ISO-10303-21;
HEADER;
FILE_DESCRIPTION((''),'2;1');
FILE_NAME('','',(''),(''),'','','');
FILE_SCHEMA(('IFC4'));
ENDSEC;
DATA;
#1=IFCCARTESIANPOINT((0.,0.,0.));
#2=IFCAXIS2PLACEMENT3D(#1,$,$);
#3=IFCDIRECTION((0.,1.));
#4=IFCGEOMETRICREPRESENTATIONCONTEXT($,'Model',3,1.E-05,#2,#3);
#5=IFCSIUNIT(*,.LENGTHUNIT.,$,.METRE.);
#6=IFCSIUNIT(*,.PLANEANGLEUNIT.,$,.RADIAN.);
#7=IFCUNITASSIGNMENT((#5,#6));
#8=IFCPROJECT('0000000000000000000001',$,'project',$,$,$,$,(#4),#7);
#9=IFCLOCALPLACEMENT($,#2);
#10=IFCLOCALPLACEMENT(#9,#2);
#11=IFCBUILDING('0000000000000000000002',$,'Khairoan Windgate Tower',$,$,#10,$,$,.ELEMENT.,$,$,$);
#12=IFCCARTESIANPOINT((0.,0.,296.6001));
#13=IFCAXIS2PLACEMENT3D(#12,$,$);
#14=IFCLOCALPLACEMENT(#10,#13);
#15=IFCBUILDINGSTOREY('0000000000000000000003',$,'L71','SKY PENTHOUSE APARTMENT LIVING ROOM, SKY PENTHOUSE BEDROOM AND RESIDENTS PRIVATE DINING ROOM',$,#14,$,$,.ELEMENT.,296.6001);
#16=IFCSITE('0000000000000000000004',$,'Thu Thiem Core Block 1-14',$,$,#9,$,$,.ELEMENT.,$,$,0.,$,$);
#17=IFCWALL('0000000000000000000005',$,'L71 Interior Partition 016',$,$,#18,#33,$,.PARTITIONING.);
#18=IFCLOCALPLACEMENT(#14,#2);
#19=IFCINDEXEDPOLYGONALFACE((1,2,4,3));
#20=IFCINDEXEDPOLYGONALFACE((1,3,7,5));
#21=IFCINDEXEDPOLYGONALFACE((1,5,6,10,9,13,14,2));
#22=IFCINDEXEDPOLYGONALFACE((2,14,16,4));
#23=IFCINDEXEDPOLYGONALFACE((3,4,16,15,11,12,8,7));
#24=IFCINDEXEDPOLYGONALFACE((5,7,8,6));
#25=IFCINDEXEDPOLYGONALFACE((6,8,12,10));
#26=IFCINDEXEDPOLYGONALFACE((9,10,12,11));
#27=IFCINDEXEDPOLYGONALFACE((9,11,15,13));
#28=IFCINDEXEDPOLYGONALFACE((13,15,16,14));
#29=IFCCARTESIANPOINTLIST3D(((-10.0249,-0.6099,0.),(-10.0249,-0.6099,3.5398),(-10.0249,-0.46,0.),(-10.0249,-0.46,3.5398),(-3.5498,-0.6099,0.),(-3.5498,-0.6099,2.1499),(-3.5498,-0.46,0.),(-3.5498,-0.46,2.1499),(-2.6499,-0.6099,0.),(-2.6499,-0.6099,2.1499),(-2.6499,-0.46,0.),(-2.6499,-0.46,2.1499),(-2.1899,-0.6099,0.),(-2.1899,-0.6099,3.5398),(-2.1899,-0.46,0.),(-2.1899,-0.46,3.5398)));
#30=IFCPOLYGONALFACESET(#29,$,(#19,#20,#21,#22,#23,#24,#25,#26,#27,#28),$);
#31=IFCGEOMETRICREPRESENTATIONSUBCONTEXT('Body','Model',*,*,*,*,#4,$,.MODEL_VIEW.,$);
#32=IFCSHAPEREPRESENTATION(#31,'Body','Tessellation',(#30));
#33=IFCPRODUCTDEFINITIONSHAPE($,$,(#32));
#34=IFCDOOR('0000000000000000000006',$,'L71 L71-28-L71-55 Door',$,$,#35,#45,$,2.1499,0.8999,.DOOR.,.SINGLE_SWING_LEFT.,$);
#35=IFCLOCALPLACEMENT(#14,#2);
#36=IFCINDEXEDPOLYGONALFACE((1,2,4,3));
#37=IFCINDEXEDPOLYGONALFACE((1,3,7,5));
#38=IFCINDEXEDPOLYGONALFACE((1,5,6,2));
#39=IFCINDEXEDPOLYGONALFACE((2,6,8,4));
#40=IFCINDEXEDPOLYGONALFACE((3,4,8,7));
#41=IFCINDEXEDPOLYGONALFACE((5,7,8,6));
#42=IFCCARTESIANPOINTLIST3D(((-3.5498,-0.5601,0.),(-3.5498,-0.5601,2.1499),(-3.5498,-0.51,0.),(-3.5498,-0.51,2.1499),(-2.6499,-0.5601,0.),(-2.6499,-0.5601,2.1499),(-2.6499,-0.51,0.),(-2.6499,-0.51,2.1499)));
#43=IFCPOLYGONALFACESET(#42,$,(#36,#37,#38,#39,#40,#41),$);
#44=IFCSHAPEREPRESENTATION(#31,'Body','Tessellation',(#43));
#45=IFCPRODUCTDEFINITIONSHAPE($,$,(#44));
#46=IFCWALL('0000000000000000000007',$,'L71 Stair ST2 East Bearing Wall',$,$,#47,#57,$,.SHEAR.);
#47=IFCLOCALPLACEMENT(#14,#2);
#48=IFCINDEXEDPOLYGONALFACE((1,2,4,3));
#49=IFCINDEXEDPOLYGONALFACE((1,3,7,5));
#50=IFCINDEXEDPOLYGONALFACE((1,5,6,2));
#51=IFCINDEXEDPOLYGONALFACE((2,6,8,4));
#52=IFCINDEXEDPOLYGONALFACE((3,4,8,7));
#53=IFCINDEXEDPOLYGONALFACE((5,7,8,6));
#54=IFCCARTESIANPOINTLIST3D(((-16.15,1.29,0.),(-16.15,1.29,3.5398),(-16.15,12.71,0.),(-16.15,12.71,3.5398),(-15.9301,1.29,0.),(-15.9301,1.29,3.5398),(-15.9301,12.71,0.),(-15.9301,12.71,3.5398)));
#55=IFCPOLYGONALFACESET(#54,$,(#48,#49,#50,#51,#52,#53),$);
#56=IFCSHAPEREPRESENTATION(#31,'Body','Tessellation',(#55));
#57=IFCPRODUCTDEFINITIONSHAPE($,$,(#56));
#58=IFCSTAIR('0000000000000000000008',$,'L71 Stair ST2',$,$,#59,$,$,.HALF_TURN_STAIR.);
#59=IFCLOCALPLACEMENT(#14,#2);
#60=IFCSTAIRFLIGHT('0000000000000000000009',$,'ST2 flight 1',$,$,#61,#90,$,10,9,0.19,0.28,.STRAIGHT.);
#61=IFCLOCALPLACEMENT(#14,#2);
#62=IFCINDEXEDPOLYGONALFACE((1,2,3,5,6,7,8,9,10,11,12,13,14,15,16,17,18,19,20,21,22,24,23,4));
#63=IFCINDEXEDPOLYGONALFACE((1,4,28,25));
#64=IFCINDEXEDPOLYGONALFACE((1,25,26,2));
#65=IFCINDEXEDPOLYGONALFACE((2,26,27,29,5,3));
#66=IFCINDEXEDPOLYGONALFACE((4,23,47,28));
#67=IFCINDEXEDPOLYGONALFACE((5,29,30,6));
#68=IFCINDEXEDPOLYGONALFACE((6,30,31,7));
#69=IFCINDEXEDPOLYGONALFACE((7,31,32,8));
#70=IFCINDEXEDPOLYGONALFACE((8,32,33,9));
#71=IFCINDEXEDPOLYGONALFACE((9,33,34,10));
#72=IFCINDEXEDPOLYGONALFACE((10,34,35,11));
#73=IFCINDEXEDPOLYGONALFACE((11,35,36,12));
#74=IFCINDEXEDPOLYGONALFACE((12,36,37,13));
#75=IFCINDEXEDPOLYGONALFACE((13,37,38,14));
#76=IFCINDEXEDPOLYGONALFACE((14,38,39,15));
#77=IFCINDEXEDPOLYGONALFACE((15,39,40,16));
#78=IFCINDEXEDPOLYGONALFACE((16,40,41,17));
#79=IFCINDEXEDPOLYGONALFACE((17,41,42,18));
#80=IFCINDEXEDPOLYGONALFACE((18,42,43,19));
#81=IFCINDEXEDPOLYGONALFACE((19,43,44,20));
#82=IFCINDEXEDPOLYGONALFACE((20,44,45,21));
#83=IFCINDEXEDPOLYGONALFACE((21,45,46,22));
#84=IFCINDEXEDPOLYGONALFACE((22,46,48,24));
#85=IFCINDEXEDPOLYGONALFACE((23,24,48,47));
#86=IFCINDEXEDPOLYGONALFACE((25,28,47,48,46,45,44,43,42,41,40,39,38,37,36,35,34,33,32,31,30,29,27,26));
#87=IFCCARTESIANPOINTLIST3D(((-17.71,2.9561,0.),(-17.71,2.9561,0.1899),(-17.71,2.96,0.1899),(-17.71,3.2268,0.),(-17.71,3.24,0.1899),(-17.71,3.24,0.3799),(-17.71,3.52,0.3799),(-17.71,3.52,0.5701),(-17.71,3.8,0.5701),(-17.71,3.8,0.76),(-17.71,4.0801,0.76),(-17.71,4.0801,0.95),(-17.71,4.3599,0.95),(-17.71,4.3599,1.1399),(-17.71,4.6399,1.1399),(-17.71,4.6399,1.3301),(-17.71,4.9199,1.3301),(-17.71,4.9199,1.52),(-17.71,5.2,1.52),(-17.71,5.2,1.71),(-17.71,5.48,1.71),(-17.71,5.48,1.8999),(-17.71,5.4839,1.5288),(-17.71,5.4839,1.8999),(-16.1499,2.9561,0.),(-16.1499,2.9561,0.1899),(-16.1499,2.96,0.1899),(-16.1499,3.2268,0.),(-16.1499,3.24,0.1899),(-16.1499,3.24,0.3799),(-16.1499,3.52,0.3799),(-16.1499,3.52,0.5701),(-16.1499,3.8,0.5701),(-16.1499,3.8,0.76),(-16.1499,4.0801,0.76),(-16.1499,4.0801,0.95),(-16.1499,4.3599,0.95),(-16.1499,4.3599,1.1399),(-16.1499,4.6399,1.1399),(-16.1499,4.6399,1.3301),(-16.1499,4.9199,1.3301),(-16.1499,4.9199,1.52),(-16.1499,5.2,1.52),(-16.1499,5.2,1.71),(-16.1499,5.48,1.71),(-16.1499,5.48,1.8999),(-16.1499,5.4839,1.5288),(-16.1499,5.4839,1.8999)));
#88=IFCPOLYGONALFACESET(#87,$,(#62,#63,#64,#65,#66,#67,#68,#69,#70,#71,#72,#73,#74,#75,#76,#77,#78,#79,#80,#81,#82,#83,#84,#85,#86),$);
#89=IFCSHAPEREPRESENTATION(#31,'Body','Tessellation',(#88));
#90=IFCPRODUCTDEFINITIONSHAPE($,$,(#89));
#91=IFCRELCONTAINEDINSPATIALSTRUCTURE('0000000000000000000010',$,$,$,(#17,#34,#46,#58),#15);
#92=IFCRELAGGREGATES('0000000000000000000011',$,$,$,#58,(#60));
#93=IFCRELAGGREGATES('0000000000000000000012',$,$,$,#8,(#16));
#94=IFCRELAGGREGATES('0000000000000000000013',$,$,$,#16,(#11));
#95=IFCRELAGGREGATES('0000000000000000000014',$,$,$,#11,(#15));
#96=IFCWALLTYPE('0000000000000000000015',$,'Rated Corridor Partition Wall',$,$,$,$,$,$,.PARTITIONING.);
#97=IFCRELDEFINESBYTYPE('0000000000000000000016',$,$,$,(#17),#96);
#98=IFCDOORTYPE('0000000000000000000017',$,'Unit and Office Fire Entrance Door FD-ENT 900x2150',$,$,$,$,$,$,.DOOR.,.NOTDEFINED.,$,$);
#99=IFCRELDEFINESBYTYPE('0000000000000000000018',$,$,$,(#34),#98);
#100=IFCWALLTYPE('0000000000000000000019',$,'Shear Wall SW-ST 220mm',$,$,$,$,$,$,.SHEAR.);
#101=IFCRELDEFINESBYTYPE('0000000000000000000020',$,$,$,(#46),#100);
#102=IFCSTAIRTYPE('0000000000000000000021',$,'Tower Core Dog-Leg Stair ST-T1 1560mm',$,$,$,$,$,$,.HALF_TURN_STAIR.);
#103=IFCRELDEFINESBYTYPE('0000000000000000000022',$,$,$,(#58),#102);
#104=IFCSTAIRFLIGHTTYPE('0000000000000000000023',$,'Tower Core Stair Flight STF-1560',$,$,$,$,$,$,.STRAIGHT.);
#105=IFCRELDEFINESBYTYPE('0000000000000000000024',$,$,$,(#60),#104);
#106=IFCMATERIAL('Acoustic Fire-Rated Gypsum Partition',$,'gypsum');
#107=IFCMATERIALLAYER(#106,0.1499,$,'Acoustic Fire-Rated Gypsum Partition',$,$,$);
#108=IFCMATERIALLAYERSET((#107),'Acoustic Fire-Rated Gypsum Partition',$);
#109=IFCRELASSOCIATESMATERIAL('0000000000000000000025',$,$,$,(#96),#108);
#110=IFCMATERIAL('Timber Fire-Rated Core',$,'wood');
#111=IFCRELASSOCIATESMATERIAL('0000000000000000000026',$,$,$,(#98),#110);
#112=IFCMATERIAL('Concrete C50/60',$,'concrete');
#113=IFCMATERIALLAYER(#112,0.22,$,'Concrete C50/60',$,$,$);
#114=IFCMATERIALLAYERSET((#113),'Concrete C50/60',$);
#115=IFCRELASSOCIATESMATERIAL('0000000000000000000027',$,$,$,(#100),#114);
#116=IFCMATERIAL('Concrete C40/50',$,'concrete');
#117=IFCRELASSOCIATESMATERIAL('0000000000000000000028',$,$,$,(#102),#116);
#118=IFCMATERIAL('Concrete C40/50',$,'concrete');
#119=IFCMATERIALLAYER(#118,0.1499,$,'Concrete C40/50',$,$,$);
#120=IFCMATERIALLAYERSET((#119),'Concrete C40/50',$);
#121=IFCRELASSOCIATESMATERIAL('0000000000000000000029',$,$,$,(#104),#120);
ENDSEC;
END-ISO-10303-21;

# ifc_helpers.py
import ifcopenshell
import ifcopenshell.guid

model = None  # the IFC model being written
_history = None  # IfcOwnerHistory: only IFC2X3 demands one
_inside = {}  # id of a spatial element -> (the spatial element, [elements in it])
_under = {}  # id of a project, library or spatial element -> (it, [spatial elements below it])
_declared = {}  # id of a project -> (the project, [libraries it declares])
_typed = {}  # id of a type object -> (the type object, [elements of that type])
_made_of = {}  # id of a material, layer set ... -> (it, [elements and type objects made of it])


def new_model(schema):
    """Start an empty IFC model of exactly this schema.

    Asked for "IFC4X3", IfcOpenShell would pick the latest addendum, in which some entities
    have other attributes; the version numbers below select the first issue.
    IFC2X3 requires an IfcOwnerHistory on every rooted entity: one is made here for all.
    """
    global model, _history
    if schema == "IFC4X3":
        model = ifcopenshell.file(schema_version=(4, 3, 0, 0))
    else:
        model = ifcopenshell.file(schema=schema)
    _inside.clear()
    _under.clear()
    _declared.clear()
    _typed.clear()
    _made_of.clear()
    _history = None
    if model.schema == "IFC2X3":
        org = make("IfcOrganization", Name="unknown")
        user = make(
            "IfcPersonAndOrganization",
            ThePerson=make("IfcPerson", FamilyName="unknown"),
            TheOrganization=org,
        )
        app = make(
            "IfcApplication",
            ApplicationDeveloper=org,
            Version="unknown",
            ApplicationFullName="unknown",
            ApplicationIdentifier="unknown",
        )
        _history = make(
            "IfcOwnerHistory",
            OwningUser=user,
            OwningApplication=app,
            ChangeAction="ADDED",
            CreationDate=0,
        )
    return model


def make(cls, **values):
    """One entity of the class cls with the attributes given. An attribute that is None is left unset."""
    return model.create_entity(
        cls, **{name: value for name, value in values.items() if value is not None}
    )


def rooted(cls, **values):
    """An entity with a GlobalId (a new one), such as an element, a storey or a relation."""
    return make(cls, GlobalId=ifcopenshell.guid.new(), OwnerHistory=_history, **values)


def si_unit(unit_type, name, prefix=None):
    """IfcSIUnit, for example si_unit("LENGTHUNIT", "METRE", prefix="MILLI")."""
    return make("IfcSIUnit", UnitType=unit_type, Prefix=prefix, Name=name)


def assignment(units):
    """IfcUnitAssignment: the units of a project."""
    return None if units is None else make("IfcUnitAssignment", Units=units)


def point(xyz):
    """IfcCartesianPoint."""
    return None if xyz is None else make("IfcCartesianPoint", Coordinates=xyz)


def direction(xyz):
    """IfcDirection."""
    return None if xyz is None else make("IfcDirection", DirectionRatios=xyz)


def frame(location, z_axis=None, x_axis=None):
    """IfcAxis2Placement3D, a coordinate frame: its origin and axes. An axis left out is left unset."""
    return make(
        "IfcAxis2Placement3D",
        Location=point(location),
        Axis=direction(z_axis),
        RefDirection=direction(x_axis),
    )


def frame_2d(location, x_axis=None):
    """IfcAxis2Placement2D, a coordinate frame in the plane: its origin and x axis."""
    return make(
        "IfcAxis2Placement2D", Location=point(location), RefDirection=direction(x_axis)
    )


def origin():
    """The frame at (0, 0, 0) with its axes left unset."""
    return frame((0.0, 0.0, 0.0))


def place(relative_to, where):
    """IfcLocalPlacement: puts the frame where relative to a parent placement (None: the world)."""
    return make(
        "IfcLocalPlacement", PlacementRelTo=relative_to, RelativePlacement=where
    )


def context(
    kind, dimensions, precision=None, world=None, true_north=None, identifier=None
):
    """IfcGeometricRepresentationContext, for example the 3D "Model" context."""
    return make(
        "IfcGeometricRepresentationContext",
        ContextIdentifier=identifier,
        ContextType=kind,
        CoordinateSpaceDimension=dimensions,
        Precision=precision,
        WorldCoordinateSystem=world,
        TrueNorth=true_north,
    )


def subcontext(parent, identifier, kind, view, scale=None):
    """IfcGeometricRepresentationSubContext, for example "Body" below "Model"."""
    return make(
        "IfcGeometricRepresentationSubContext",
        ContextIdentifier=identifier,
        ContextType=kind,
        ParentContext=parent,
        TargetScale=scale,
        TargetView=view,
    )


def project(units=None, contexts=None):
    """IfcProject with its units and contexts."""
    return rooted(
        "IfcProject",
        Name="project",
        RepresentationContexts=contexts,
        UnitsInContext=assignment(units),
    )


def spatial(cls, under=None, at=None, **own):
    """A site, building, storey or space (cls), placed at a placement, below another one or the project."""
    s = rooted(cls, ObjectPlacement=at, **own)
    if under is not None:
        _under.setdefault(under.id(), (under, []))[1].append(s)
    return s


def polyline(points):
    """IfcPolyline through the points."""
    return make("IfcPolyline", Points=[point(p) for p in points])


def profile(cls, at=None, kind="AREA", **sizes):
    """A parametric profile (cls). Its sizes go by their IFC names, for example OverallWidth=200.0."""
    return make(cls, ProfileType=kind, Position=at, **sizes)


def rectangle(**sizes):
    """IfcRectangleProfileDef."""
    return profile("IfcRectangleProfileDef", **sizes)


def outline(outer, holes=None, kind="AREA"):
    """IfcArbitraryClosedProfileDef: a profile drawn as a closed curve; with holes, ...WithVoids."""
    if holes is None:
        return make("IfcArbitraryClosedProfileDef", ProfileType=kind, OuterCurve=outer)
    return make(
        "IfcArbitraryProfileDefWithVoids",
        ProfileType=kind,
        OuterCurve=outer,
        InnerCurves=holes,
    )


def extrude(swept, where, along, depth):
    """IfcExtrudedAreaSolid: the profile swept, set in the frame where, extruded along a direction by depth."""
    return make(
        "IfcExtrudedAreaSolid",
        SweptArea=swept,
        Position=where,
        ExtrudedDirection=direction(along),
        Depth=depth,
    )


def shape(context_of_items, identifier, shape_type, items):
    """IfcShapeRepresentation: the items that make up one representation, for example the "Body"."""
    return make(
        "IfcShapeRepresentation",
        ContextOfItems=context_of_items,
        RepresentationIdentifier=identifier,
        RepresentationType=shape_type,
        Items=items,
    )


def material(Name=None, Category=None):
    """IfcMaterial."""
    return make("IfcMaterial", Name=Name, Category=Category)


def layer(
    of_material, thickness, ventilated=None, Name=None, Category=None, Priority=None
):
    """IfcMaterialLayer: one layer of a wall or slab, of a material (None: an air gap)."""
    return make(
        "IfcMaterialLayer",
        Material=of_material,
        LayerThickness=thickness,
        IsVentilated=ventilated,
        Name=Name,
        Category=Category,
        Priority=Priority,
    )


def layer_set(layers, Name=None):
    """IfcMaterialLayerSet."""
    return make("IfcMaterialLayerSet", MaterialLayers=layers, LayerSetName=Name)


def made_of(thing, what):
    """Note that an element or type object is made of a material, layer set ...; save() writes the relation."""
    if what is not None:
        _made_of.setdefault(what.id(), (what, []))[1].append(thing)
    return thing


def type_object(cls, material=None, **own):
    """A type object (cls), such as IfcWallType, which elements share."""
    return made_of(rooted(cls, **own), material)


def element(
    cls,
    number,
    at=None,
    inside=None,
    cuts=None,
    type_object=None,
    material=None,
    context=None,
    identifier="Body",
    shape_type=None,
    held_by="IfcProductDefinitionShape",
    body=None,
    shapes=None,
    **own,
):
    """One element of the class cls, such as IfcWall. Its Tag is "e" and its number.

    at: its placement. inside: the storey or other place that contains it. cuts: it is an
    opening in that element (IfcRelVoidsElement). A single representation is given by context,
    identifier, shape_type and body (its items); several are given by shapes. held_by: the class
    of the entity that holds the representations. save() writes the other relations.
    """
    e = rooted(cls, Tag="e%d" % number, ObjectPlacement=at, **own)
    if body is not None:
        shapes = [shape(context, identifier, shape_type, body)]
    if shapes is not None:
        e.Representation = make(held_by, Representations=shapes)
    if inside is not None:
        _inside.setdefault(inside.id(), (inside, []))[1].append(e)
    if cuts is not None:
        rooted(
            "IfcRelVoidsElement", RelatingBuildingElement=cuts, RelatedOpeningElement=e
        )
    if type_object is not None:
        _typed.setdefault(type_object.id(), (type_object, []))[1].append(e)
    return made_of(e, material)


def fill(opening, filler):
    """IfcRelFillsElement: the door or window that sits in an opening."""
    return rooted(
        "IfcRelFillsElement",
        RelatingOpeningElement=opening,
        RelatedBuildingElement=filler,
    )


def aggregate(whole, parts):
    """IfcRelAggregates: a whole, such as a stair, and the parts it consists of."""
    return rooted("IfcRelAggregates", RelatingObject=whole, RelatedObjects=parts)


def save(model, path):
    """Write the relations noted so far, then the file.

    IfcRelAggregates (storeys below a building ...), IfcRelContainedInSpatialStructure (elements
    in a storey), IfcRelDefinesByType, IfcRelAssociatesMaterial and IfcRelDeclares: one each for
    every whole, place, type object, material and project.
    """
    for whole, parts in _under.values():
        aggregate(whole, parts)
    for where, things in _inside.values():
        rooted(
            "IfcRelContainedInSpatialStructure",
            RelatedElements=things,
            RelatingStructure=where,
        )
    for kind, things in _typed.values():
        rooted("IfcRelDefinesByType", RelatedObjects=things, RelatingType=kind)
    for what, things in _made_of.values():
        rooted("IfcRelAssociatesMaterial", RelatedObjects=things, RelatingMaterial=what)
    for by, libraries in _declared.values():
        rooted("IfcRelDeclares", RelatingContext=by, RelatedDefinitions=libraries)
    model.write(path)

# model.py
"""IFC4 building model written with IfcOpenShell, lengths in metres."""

from ifc_helpers import new_model, si_unit, direction, frame, frame_2d, origin, place, context, subcontext, project, spatial, polyline, rectangle, outline, extrude, material, layer, layer_set, type_object, element, fill, aggregate, save


model = new_model("IFC4")

# Units and contexts
model_context = context("Model", 3, precision=1e-05, world=origin(), true_north=direction((0.0, 1.0)))
body_context = subcontext(model_context, "Body", "Model", "MODEL_VIEW")
ifc_project = project(units=[si_unit("LENGTHUNIT", "METRE"), si_unit("PLANEANGLEUNIT", "RADIAN")], contexts=[model_context])

# Site, building, storey
site_placement = place(None, origin())
site = spatial("IfcSite", under=ifc_project, at=site_placement, Name="Thu Thiem Core Block 1-14", CompositionType="ELEMENT", RefElevation=0.0)
building_placement = place(site_placement, origin())
building = spatial("IfcBuilding", under=site, at=building_placement, Name="Khairoan Windgate Tower", CompositionType="ELEMENT")
storey_placement = place(building_placement, frame((0.0, 0.0, 296.6001)))
storey = spatial("IfcBuildingStorey", under=building, at=storey_placement, Name="L71", Description="SKY PENTHOUSE APARTMENT LIVING ROOM, SKY PENTHOUSE BEDROOM AND RESIDENTS PRIVATE DINING ROOM", CompositionType="ELEMENT", Elevation=296.6001)

# Wall, opening, door
ifc_material_1 = material(Name="Acoustic Fire-Rated Gypsum Partition", Category="gypsum")
ifc_layer_1 = layer(ifc_material_1, 0.1499, Name="Acoustic Fire-Rated Gypsum Partition")
ifc_layer_set_1 = layer_set([ifc_layer_1], Name="Acoustic Fire-Rated Gypsum Partition")
wall_type_1 = type_object("IfcWallType", Name="Rated Corridor Partition Wall", PredefinedType="PARTITIONING", material=ifc_layer_set_1)
ifc_material_2 = material(Name="Timber Fire-Rated Core", Category="wood")
door_type = type_object("IfcDoorType", Name="Unit and Office Fire Entrance Door FD-ENT 900x2150", OperationType="NOTDEFINED", PredefinedType="DOOR", material=ifc_material_2)
wall_1_placement = place(storey_placement, frame((-10.0249, -0.5349, 0.0), z_axis=(0.0, 0.0, 1.0), x_axis=(1.0, 0.0, 0.0)))
wall_1 = element("IfcWall", 1, at=wall_1_placement, inside=storey, type_object=wall_type_1, Name="L71 Interior Partition 016", PredefinedType="PARTITIONING", context=body_context, shape_type="SweptSolid", body=[
    extrude(rectangle(XDim=7.835, YDim=0.1499, at=frame_2d((3.9175, 0.0))), origin(), (0.0, 0.0, 1.0), 3.5398),
])
opening_1_placement = place(wall_1_placement, frame((6.4751, 0.0, 0.0)))
opening_1 = element("IfcOpeningElement", 2, at=opening_1_placement, cuts=wall_1, PredefinedType="OPENING", context=body_context, shape_type="SweptSolid", body=[
    extrude(rectangle(XDim=0.8999, YDim=2.1499, at=frame_2d((0.45, 1.075))), frame((0.0, 0.085, 0.0), z_axis=(0.0, -1.0, 0.0), x_axis=(1.0, 0.0, 0.0)), (0.0, 0.0, 1.0), 0.1699),
])
door_1_placement = place(opening_1_placement, origin())
door_1 = element("IfcDoor", 3, at=door_1_placement, inside=storey, type_object=door_type, Name="L71 L71-28-L71-55 Door", OperationType="SINGLE_SWING_LEFT", OverallHeight=2.1499, OverallWidth=0.8999, PredefinedType="DOOR", context=body_context, shape_type="SweptSolid", body=[
    extrude(rectangle(XDim=0.8999, YDim=2.1499, at=frame_2d((0.45, 1.075))), frame((0.0, 0.0249, 0.0), z_axis=(0.0, -1.0, 0.0), x_axis=(1.0, 0.0, 0.0)), (0.0, 0.0, 1.0), 0.05),
])
fill(opening_1, door_1)

# Wall
ifc_material_3 = material(Name="Concrete C50/60", Category="concrete")
ifc_layer_2 = layer(ifc_material_3, 0.22, Name="Concrete C50/60")
ifc_layer_set_2 = layer_set([ifc_layer_2], Name="Concrete C50/60")
wall_type_2 = type_object("IfcWallType", Name="Shear Wall SW-ST 220mm", PredefinedType="SHEAR", material=ifc_layer_set_2)
wall_2_placement = place(storey_placement, frame((-16.04, 1.29, 0.0), z_axis=(0.0, 0.0, 1.0), x_axis=(0.0, 1.0, 0.0)))
element("IfcWall", 4, at=wall_2_placement, inside=storey, type_object=wall_type_2, Name="L71 Stair ST2 East Bearing Wall", PredefinedType="SHEAR", context=body_context, shape_type="SweptSolid", body=[
    extrude(rectangle(XDim=11.4199, YDim=0.22, at=frame_2d((5.71, 0.0))), origin(), (0.0, 0.0, 1.0), 3.5398),
])

# Stair, stair flight
ifc_material_4 = material(Name="Concrete C40/50", Category="concrete")
stair_type = type_object("IfcStairType", Name="Tower Core Dog-Leg Stair ST-T1 1560mm", PredefinedType="HALF_TURN_STAIR", material=ifc_material_4)
stair_placement = place(storey_placement, origin())
stair = element("IfcStair", 5, at=stair_placement, inside=storey, type_object=stair_type, Name="L71 Stair ST2", PredefinedType="HALF_TURN_STAIR")
ifc_material_5 = material(Name="Concrete C40/50", Category="concrete")
ifc_layer_3 = layer(ifc_material_5, 0.1499, Name="Concrete C40/50")
ifc_layer_set_3 = layer_set([ifc_layer_3], Name="Concrete C40/50")
stair_flight_type = type_object("IfcStairFlightType", Name="Tower Core Stair Flight STF-1560", PredefinedType="STRAIGHT", material=ifc_layer_set_3)
stair_flight_placement = place(storey_placement, frame((-16.9299, 2.96, 0.0), z_axis=(0.0, 0.0, 1.0), x_axis=(0.0, 1.0, 0.0)))
stair_flight = element("IfcStairFlight", 6, at=stair_flight_placement, type_object=stair_flight_type, Name="ST2 flight 1", NumberOfRisers=10, NumberOfTreads=9, PredefinedType="STRAIGHT", RiserHeight=0.19, TreadLength=0.28, context=body_context, shape_type="SweptSolid", body=[
    extrude(outline(polyline([(-0.0039, 0.0), (-0.0039, 0.1899), (0.0, 0.1899), (0.28, 0.1899), (0.28, 0.3799), (0.5601, 0.3799), (0.5601, 0.5701), (0.8401, 0.5701), (0.8401, 0.76), (1.1201, 0.76), (1.1201, 0.95), (1.3999, 0.95), (1.3999, 1.1399), (1.6799, 1.1399), (1.6799, 1.3301), (1.96, 1.3301), (1.96, 1.52), (2.24, 1.52), (2.24, 1.71), (2.52, 1.71), (2.52, 1.8999), (2.5239, 1.8999), (2.5239, 1.5288), (0.2668, 0.0), (-0.0039, 0.0)])), frame((0.0, 0.78, 0.0), z_axis=(0.0, -1.0, 0.0), x_axis=(1.0, 0.0, 0.0)), (0.0, 0.0, 1.0), 1.5601),
])
aggregate(stair, [stair_flight])

save(model, "model.ifc")
